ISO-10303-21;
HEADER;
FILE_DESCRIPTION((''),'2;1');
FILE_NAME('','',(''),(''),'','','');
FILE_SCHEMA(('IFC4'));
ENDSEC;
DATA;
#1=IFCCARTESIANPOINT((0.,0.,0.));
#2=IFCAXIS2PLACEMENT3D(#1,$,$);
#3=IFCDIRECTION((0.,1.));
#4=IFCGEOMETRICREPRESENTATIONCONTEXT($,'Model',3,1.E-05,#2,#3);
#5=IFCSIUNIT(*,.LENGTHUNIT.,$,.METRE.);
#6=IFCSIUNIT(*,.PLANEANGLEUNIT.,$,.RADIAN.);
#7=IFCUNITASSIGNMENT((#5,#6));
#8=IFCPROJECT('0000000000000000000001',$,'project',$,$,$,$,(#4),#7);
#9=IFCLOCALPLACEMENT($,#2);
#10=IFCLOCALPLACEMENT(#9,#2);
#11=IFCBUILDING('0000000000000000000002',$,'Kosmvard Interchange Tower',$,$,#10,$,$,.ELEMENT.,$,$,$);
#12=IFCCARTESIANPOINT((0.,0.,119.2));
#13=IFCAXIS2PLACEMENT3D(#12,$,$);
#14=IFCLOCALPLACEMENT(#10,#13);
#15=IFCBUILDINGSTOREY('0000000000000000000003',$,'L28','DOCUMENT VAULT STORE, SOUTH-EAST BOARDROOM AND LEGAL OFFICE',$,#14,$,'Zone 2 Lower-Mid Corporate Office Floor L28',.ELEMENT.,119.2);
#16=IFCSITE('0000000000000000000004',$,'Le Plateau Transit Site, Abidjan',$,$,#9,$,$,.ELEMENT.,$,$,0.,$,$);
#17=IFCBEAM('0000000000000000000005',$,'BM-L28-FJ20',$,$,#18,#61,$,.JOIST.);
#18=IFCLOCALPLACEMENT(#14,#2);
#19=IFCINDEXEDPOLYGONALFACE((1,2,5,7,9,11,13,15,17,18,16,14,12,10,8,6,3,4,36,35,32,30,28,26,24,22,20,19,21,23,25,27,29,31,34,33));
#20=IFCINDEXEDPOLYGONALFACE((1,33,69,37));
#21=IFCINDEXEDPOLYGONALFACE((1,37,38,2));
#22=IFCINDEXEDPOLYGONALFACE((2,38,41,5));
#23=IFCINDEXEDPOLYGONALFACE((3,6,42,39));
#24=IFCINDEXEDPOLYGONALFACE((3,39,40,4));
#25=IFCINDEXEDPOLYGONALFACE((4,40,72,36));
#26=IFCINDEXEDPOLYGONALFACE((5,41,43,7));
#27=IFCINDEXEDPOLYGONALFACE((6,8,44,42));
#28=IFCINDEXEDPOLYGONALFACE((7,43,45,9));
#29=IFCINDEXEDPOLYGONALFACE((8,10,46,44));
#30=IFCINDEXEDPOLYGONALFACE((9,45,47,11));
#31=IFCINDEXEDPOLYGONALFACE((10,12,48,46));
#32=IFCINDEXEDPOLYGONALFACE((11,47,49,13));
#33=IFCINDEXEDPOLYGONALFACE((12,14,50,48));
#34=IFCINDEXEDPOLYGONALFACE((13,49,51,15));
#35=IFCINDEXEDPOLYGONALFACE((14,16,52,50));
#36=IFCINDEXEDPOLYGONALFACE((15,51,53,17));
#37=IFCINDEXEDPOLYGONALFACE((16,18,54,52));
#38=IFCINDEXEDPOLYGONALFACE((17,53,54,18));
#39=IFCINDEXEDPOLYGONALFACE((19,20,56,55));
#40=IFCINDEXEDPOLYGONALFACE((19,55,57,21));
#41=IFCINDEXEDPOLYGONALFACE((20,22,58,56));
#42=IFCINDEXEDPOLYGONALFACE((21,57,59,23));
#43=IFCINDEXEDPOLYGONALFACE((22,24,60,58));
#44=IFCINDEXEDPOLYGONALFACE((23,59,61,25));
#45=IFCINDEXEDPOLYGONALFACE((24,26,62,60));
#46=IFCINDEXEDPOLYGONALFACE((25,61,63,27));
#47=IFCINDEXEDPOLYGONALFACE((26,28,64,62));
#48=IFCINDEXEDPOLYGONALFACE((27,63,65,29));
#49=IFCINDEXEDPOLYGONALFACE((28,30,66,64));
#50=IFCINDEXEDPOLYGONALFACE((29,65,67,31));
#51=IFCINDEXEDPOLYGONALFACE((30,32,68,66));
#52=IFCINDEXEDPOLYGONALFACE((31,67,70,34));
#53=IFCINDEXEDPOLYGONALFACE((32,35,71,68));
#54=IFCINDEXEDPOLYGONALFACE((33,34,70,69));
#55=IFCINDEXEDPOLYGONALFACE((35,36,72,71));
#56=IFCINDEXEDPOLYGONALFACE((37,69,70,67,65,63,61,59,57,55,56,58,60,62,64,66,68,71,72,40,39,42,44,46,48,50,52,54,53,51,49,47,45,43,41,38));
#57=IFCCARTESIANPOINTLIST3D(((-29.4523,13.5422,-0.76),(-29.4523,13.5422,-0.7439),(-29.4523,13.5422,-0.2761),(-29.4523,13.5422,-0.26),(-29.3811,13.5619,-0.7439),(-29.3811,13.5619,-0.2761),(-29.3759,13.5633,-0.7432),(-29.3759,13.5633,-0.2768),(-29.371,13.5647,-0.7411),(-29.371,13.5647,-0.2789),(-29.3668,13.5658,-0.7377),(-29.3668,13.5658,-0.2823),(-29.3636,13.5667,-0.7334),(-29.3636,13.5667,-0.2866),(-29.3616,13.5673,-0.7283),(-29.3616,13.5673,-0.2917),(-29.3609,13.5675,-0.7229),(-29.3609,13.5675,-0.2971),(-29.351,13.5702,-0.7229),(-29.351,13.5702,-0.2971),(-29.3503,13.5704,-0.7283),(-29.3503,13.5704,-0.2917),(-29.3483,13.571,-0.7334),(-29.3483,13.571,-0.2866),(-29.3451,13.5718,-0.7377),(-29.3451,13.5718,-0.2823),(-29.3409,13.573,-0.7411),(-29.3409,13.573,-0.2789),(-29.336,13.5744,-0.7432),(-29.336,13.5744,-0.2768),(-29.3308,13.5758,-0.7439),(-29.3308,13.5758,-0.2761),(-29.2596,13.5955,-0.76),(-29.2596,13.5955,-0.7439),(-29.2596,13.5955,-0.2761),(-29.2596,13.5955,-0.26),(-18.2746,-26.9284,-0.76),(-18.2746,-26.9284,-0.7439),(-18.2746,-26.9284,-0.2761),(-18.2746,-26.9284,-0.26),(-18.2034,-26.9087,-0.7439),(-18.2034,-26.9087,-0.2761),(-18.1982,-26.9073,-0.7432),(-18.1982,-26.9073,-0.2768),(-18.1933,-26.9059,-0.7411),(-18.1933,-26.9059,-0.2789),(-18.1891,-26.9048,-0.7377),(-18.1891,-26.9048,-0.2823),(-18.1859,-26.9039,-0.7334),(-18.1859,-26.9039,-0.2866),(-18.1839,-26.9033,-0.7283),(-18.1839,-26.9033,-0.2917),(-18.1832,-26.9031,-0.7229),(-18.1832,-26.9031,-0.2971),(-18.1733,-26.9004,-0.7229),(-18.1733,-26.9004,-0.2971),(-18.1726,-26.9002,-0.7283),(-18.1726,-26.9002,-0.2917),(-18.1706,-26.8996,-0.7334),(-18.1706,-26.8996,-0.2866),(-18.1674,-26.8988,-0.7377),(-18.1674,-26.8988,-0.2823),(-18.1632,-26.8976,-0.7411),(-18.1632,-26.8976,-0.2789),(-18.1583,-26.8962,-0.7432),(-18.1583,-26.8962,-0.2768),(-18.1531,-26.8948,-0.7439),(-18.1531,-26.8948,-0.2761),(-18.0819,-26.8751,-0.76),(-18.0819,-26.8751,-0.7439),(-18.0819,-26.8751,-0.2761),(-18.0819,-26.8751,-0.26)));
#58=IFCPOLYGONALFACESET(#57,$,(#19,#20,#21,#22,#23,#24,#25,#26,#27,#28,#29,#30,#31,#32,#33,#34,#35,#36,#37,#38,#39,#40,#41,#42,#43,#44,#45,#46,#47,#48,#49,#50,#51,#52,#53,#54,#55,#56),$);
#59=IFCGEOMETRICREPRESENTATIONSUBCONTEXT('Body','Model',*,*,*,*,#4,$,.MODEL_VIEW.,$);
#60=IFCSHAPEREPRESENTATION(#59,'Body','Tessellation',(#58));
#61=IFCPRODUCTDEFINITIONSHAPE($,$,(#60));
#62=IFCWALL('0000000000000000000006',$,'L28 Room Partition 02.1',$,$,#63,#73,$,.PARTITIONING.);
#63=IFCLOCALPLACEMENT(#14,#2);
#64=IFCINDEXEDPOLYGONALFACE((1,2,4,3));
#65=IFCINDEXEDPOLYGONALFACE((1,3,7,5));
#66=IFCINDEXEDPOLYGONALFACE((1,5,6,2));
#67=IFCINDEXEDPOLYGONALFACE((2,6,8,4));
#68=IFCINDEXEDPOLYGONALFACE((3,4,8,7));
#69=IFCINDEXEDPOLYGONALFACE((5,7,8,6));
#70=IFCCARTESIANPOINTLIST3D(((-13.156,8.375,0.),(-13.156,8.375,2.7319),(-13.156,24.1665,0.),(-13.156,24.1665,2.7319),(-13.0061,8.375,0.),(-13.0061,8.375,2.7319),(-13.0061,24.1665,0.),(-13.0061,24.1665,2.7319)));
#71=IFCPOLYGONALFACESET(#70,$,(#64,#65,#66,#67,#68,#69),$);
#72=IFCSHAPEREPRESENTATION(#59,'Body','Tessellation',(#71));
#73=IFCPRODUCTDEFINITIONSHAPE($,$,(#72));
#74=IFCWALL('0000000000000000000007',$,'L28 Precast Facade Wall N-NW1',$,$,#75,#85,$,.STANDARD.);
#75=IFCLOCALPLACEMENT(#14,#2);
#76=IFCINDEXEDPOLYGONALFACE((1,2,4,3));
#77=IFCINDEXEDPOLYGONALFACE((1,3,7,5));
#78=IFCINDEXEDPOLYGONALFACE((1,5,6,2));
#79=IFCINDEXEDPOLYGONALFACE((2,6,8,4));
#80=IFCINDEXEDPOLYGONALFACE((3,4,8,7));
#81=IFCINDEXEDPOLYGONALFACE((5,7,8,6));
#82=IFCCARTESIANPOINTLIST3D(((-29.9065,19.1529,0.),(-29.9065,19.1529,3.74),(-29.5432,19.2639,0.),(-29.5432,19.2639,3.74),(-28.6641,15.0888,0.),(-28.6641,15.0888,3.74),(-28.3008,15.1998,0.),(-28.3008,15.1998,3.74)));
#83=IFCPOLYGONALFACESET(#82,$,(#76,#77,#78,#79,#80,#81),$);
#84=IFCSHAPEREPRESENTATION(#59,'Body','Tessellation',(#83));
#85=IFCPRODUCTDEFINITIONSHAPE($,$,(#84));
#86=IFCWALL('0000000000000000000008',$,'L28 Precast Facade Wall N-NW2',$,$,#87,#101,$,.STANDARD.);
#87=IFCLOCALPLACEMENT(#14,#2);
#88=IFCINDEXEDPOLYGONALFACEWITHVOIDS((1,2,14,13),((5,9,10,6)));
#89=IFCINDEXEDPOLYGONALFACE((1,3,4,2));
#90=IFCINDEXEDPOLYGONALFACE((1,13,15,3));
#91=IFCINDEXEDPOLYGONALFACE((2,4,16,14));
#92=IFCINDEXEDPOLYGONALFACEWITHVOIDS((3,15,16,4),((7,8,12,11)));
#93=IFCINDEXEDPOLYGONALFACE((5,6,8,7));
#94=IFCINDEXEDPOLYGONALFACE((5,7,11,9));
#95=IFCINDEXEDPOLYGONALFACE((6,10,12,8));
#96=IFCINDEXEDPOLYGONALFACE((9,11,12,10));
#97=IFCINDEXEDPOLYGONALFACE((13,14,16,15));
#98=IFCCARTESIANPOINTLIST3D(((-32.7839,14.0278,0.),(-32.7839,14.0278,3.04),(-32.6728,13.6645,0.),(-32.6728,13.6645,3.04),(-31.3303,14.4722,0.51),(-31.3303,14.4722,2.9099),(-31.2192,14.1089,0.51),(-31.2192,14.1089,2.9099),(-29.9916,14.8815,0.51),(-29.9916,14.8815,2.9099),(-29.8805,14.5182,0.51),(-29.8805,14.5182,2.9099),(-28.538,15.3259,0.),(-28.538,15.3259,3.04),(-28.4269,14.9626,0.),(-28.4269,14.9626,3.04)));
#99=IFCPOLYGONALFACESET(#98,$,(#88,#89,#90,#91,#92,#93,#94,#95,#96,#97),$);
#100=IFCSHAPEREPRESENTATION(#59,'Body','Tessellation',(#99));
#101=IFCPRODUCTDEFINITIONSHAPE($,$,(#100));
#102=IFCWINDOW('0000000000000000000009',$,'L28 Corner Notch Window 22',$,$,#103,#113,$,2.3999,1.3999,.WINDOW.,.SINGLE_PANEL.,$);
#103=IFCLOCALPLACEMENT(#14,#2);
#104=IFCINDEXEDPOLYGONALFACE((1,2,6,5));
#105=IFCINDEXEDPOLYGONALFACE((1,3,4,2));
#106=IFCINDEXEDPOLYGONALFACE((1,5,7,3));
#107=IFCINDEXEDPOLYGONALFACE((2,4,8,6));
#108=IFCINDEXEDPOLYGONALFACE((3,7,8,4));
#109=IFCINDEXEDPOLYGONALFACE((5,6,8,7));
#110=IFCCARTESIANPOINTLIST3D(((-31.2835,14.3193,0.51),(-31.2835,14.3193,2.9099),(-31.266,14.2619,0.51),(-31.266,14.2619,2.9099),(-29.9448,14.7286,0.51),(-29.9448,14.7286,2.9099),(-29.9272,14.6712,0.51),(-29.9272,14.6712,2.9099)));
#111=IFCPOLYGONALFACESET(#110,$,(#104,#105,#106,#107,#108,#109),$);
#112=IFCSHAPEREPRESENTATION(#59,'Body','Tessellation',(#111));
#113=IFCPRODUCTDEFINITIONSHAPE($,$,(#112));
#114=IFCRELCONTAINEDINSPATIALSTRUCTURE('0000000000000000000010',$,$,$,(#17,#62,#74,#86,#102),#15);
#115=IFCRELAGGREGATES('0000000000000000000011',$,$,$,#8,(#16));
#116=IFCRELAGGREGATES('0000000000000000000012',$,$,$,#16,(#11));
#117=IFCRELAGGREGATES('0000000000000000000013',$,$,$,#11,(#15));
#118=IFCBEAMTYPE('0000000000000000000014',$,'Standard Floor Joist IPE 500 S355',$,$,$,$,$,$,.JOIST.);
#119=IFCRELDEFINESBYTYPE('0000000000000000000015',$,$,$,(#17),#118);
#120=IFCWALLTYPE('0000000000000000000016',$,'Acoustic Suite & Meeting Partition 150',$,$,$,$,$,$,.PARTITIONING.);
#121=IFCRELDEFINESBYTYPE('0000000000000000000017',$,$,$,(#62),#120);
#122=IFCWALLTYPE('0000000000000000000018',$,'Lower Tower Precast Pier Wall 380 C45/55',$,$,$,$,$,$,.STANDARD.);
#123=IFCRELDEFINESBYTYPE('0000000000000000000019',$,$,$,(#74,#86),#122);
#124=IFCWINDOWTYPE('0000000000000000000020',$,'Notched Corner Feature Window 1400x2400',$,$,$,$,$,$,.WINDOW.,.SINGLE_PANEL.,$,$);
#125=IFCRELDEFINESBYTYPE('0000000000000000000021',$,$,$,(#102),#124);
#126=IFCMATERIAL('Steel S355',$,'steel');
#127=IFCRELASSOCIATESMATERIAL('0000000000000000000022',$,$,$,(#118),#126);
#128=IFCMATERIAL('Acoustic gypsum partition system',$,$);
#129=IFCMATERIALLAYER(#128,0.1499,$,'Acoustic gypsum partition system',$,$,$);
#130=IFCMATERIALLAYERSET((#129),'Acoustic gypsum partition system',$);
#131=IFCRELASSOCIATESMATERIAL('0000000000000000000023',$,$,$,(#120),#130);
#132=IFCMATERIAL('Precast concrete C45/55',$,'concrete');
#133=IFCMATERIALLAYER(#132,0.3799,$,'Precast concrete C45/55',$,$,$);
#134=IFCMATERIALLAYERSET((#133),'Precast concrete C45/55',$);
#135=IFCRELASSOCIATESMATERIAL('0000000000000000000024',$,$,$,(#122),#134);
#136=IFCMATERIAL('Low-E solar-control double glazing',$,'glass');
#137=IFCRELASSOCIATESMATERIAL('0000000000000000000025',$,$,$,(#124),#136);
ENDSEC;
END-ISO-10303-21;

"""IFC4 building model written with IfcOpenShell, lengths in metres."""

from ifc_helpers import new_model, si_unit, direction, frame, frame_2d, origin, origin_2d, place, context, subcontext, project, spatial, rectangle, i_section, extrude, source, transform, mapped, material, layer, layer_set, material_profile, profile_set, type_object, element, fill, save


model = new_model("IFC4")

# Units and contexts
model_context = context("Model", 3, precision=1e-05, world=origin(), true_north=direction((0.0, 1.0)))
body_context = subcontext(model_context, "Body", "Model", "MODEL_VIEW")
ifc_project = project(units=[si_unit("LENGTHUNIT", "METRE"), si_unit("PLANEANGLEUNIT", "RADIAN")], contexts=[model_context])

# Site, building, storey
site_placement = place(None, origin())
site = spatial("IfcSite", under=ifc_project, at=site_placement, Name="Le Plateau Transit Site, Abidjan", CompositionType="ELEMENT", RefElevation=0.0)
building_placement = place(site_placement, origin())
building = spatial("IfcBuilding", under=site, at=building_placement, Name="Kosmvard Interchange Tower", CompositionType="ELEMENT")
storey_placement = place(building_placement, frame((0.0, 0.0, 119.2)))
storey = spatial("IfcBuildingStorey", under=building, at=storey_placement, Name="L28", Description="DOCUMENT VAULT STORE, SOUTH-EAST BOARDROOM AND LEGAL OFFICE", LongName="Zone 2 Lower-Mid Corporate Office Floor L28", CompositionType="ELEMENT", Elevation=119.2)

# Beam
ifc_material_1 = material(Name="Steel S355", Category="steel")
ifc_material_2 = material(Name="Precast concrete C45/55", Category="concrete")
ifc_material_profile_1 = material_profile(ifc_material_1, i_section(OverallWidth=0.2, OverallDepth=0.5, WebThickness=0.0103, FlangeThickness=0.0161, FilletRadius=0.021, at=origin_2d()), Name="IPE 500")
ifc_profile_set_1 = profile_set([ifc_material_profile_1], Name="Steel S355")
beam_type_1 = type_object("IfcBeamType", Name="Standard Floor Joist IPE 500 S355", PredefinedType="JOIST", material=ifc_profile_set_1)
shared_shape_1 = source(origin(), body_context, "Body", "SweptSolid", [
    extrude(i_section(OverallWidth=0.2, OverallDepth=0.5, WebThickness=0.0103, FlangeThickness=0.0161, FilletRadius=0.021, at=origin_2d()), origin(), (0.0, 0.0, 1.0), 41.9858),
])
beam_1_placement = place(storey_placement, frame((-29.356, 13.5688, -0.51), z_axis=(0.266226, -0.963911, 0.0), x_axis=(0.963911, 0.266226, 0.0)))
element("IfcBeam", 1, at=beam_1_placement, inside=storey, type_object=beam_type_1, Name="BM-L28-FJ20", PredefinedType="JOIST", context=body_context, shape_type="MappedRepresentation", body=[
    mapped(shared_shape_1, transform((0.0, 0.0, 0.0), scale=1.0)),
])

# Walls
ifc_material_3 = material(Name="Acoustic gypsum partition system")
ifc_layer_1 = layer(ifc_material_3, 0.1499, Name="Acoustic gypsum partition system")
ifc_layer_set_1 = layer_set([ifc_layer_1], Name="Acoustic gypsum partition system")
wall_type_1 = type_object("IfcWallType", Name="Acoustic Suite & Meeting Partition 150", PredefinedType="PARTITIONING", material=ifc_layer_set_1)
wall_1_placement = place(storey_placement, frame((-13.0811, 8.375, 0.0), z_axis=(0.0, 0.0, 1.0), x_axis=(0.0, 1.0, 0.0)))
element("IfcWall", 2, at=wall_1_placement, inside=storey, type_object=wall_type_1, Name="L28 Room Partition 02.1", PredefinedType="PARTITIONING", context=body_context, shape_type="SweptSolid", body=[
    extrude(rectangle(XDim=15.7915, YDim=0.1499, at=frame_2d((7.8958, 0.0))), origin(), (0.0, 0.0, 1.0), 2.7319),
])
ifc_layer_2 = layer(ifc_material_2, 0.3799, Name="Precast concrete C45/55")
ifc_layer_set_2 = layer_set([ifc_layer_2], Name="Precast concrete C45/55")
wall_type_2 = type_object("IfcWallType", Name="Lower Tower Precast Pier Wall 380 C45/55", PredefinedType="STANDARD", material=ifc_layer_set_2)
wall_2_placement = place(storey_placement, frame((-29.7249, 19.2085, 0.0), z_axis=(0.0, 0.0, 1.0), x_axis=(0.292346, -0.956313, 0.0)))
element("IfcWall", 3, at=wall_2_placement, inside=storey, type_object=wall_type_2, Name="L28 Precast Facade Wall N-NW1", PredefinedType="STANDARD", context=body_context, shape_type="SweptSolid", body=[
    extrude(rectangle(XDim=4.2498, YDim=0.3799, at=frame_2d((2.125, 0.0))), origin(), (0.0, 0.0, 1.0), 3.74),
])

# Wall, opening, window
wall_3_placement = place(storey_placement, frame((-28.4824, 15.1443, 0.0), z_axis=(0.0, 0.0, 1.0), x_axis=(-0.956304, -0.292374, 0.0)))
wall_3 = element("IfcWall", 4, at=wall_3_placement, inside=storey, type_object=wall_type_2, Name="L28 Precast Facade Wall N-NW2", PredefinedType="STANDARD", context=body_context, shape_type="SweptSolid", body=[
    extrude(rectangle(XDim=4.4399, YDim=0.3799, at=frame_2d((2.22, 0.0))), origin(), (0.0, 0.0, 1.0), 3.04),
])
opening_1_placement = place(wall_3_placement, frame((1.52, 0.0, 0.51)))
opening_1 = element("IfcOpeningElement", 5, at=opening_1_placement, cuts=wall_3, PredefinedType="OPENING", context=body_context, shape_type="SweptSolid", body=[
    extrude(rectangle(XDim=1.3999, YDim=2.3999, at=frame_2d((0.7, 1.2))), frame((0.0, 0.2, 0.0), z_axis=(0.0, -1.0, 0.0), x_axis=(1.0, 0.0, 0.0)), (0.0, 0.0, 1.0), 0.3999),
])
ifc_material_4 = material(Name="Low-E solar-control double glazing", Category="glass")
window_type_1 = type_object("IfcWindowType", Name="Notched Corner Feature Window 1400x2400", PartitioningType="SINGLE_PANEL", PredefinedType="WINDOW", material=ifc_material_4)
shared_shape_2 = source(origin(), body_context, "Body", "SweptSolid", [
    extrude(rectangle(XDim=1.3999, YDim=2.3999, at=frame_2d((0.7, 1.2))), frame((0.0, 0.03, 0.0), z_axis=(0.0, -1.0, 0.0), x_axis=(1.0, 0.0, 0.0)), (0.0, 0.0, 1.0), 0.0601),
])
window_1_placement = place(opening_1_placement, origin())
window_1 = element("IfcWindow", 6, at=window_1_placement, inside=storey, type_object=window_type_1, Name="L28 Corner Notch Window 22", OverallHeight=2.3999, OverallWidth=1.3999, PartitioningType="SINGLE_PANEL", PredefinedType="WINDOW", context=body_context, shape_type="MappedRepresentation", body=[
    mapped(shared_shape_2, transform((0.0, 0.0, 0.0), scale=1.0)),
])
fill(opening_1, window_1)

save(model, "model.ifc")
